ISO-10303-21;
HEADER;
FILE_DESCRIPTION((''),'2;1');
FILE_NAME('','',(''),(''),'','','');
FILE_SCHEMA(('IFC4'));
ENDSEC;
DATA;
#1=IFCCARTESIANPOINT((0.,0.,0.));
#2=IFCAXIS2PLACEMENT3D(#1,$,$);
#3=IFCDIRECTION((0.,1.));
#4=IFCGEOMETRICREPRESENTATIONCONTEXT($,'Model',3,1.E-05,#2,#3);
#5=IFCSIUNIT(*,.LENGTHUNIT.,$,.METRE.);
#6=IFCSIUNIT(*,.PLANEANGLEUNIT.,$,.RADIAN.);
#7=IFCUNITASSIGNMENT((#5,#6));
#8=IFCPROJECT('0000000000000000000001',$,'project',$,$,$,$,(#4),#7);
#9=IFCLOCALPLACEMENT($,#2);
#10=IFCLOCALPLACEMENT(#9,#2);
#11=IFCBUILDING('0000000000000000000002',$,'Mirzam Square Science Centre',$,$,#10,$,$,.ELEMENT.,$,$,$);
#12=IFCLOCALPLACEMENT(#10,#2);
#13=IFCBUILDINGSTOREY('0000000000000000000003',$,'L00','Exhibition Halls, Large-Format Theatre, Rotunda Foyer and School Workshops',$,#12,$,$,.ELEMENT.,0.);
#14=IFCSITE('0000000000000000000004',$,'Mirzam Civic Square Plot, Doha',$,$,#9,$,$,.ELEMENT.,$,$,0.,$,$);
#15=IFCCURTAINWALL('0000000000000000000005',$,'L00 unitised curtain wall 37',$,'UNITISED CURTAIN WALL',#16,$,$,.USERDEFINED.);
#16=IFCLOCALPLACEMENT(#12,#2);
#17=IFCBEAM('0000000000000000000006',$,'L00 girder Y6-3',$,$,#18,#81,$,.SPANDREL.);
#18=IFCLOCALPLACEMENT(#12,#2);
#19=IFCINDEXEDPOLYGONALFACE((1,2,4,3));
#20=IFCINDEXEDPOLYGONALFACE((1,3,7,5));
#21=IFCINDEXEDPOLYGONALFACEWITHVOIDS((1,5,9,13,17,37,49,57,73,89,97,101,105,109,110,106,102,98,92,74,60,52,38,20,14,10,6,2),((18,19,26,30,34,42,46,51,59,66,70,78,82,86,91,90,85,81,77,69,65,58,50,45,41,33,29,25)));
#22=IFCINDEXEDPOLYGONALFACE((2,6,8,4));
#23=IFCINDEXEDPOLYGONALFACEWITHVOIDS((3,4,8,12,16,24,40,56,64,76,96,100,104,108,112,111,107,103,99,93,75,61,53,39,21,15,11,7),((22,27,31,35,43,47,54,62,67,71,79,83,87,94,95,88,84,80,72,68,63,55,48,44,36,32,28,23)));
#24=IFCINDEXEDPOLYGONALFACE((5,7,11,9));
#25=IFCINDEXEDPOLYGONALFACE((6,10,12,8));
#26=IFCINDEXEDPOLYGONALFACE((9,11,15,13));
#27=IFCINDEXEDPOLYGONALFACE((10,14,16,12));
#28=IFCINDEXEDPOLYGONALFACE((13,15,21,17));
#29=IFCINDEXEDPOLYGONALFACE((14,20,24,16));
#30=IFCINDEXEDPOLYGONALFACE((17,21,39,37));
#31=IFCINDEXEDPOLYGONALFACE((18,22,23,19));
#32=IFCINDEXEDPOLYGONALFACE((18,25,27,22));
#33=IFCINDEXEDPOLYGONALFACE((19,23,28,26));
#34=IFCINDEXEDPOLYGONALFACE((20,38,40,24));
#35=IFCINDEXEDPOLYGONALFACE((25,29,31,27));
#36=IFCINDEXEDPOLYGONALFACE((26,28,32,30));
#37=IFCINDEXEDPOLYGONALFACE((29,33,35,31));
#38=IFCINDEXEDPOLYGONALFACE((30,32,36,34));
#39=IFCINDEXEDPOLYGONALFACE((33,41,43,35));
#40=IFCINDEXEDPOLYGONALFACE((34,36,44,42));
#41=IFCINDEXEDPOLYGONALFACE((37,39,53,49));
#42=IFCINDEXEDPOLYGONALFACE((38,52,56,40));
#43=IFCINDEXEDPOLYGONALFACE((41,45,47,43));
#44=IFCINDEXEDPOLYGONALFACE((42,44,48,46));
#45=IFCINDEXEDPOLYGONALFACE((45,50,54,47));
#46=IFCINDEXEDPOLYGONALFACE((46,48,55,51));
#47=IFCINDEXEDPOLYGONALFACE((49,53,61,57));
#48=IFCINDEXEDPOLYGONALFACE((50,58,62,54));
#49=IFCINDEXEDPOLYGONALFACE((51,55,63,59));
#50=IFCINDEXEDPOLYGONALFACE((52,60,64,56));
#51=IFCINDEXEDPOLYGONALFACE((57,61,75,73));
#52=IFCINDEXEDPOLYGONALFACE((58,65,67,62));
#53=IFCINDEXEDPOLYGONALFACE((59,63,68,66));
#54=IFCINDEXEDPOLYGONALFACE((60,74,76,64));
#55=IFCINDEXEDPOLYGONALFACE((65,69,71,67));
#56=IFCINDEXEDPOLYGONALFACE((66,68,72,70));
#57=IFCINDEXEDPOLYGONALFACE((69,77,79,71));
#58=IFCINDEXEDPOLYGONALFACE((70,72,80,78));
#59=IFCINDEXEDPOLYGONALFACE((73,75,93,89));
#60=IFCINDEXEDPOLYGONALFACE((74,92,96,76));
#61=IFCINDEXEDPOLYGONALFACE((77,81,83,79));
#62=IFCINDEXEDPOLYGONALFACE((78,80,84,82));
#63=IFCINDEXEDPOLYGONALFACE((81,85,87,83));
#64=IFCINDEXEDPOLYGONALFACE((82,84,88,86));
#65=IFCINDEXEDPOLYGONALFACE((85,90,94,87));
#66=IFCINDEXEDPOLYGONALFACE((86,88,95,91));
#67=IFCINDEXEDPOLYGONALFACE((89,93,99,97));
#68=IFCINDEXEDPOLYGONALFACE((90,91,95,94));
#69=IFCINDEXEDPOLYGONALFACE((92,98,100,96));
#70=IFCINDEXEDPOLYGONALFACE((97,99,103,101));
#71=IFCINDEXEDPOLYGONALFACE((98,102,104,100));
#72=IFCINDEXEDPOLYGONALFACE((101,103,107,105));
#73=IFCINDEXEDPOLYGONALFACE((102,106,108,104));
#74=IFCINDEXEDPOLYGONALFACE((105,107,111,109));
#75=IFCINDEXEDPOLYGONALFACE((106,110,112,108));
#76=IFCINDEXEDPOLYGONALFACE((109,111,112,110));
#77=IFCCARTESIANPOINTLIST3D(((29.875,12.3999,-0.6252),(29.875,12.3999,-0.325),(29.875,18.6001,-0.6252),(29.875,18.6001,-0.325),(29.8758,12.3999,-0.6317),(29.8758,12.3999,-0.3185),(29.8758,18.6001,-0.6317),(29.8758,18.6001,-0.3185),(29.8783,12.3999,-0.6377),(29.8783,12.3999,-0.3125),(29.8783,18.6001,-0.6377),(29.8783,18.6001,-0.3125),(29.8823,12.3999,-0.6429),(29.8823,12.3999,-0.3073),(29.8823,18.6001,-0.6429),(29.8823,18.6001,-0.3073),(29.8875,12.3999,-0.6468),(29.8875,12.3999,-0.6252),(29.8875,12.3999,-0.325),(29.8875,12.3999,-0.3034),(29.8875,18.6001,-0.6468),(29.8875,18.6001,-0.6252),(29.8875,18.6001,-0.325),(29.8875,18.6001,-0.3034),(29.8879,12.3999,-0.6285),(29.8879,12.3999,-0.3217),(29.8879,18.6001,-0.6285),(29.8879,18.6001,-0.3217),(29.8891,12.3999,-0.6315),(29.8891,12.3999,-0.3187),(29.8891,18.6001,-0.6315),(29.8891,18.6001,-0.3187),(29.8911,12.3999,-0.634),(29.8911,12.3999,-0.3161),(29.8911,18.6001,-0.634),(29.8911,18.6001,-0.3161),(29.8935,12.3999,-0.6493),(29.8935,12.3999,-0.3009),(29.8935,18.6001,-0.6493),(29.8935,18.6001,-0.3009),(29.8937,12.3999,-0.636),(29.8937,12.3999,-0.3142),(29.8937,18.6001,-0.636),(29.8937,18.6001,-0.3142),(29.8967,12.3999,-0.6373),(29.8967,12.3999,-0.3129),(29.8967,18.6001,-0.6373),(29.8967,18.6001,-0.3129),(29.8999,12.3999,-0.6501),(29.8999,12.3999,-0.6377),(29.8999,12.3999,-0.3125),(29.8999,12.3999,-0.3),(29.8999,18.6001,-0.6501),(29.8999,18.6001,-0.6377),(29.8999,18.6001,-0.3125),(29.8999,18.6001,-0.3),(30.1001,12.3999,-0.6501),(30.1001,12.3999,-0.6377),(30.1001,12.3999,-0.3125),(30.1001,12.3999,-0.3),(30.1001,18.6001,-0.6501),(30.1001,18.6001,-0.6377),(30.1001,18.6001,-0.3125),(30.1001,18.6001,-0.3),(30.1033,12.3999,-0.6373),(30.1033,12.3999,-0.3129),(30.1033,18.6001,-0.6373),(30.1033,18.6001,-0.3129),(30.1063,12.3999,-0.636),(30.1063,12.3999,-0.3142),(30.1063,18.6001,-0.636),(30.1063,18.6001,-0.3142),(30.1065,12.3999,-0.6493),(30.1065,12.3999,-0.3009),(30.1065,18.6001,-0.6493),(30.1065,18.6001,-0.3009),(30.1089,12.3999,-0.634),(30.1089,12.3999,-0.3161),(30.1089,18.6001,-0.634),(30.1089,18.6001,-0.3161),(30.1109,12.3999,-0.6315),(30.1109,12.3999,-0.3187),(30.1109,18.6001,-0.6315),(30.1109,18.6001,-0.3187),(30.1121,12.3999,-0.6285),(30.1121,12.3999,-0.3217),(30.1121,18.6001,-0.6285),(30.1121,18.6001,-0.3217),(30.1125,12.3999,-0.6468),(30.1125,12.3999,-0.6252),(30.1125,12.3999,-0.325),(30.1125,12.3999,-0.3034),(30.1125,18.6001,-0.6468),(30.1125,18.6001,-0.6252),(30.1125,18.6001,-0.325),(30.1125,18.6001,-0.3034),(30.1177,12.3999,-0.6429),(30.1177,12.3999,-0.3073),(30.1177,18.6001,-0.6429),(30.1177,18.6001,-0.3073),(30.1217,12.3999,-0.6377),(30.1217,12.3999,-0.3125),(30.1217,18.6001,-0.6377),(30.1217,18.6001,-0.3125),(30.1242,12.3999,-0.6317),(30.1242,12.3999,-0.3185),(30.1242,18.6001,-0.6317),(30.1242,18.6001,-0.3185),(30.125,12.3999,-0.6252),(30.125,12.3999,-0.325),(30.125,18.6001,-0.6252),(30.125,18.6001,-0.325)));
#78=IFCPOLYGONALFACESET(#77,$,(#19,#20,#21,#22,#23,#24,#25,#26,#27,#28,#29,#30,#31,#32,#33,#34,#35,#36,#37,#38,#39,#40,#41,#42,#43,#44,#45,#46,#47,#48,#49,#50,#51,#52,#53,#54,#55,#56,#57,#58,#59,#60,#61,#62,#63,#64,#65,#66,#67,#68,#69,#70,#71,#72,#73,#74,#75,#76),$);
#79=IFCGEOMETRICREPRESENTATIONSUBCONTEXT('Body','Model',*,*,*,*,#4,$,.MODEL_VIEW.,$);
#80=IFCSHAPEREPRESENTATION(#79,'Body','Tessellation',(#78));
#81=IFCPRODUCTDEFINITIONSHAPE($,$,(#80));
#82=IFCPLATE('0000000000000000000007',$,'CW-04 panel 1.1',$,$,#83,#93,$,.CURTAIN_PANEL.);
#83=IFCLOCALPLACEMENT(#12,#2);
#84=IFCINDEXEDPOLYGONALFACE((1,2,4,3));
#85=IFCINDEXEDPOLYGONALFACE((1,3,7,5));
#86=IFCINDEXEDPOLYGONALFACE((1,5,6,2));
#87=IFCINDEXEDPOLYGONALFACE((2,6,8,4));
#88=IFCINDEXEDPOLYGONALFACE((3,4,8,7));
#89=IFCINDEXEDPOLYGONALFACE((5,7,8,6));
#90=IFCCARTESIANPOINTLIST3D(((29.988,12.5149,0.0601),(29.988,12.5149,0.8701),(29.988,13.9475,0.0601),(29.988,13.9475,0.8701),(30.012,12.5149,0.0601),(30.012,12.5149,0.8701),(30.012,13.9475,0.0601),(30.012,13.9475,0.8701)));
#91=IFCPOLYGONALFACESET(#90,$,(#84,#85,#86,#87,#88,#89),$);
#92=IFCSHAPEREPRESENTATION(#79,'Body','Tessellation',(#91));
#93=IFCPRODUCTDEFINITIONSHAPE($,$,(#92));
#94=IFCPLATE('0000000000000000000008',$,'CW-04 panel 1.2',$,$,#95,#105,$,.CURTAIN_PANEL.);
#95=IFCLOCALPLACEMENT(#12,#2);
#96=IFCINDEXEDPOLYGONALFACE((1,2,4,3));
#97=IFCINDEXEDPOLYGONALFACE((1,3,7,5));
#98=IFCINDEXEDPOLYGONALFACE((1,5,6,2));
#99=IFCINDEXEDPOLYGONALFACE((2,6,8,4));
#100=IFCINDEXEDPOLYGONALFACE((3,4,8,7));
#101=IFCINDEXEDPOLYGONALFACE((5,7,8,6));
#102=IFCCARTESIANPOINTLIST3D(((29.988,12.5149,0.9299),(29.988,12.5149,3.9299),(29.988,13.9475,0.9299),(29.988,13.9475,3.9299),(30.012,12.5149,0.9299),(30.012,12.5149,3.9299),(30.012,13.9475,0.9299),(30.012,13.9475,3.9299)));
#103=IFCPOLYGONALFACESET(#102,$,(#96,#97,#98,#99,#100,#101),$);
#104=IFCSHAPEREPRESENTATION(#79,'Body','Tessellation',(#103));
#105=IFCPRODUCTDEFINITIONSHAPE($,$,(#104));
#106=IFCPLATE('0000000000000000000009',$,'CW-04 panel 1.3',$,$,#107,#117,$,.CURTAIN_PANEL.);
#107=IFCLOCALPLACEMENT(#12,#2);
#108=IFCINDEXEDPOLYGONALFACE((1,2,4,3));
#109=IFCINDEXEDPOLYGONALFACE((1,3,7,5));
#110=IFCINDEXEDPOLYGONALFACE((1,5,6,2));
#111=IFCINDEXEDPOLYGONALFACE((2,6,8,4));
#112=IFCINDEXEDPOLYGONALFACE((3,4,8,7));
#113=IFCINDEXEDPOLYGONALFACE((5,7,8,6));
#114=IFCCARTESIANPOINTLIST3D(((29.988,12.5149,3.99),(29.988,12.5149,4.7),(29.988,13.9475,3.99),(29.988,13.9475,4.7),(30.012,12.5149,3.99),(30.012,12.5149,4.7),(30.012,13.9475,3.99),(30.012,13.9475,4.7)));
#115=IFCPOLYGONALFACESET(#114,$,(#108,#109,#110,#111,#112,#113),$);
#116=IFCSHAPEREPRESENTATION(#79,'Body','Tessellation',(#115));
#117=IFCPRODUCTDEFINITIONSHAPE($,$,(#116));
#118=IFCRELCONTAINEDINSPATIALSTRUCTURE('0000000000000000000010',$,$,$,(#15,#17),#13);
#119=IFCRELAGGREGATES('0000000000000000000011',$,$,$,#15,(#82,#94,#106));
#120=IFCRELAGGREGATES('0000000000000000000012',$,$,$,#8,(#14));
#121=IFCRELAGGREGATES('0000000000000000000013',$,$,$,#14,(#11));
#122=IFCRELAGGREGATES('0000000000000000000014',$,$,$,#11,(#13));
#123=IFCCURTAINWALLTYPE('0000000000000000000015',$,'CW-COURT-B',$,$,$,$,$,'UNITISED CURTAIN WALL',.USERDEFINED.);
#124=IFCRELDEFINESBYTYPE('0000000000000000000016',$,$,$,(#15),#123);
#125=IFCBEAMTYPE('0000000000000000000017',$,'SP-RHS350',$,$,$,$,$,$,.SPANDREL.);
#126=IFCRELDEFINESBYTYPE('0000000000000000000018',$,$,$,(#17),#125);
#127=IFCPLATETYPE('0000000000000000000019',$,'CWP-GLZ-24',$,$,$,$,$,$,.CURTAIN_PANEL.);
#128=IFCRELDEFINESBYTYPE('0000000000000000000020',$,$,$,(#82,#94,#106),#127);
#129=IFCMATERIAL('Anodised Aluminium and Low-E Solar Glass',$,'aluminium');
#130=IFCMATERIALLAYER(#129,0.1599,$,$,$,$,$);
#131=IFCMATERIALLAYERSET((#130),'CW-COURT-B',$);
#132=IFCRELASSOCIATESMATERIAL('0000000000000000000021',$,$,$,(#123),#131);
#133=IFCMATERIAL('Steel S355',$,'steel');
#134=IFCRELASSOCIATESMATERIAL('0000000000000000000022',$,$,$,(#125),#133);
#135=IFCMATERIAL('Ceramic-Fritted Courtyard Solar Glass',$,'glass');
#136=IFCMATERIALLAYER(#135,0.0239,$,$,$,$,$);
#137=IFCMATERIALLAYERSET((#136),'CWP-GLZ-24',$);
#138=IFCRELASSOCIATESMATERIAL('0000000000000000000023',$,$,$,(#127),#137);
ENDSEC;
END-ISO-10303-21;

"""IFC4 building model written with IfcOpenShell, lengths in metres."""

from ifc_helpers import new_model, si_unit, direction, frame, origin, origin_2d, place, context, subcontext, project, spatial, rectangle, hollow_rectangle, extrude, material, layer, layer_set, material_profile, profile_set, type_object, element, aggregate, save


model = new_model("IFC4")

# Units and contexts
model_context = context("Model", 3, precision=1e-05, world=origin(), true_north=direction((0.0, 1.0)))
body_context = subcontext(model_context, "Body", "Model", "MODEL_VIEW")
ifc_project = project(units=[si_unit("LENGTHUNIT", "METRE"), si_unit("PLANEANGLEUNIT", "RADIAN")], contexts=[model_context])

# Site, building, storey
site_placement = place(None, origin())
site = spatial("IfcSite", under=ifc_project, at=site_placement, Name="Mirzam Civic Square Plot, Doha", CompositionType="ELEMENT", RefElevation=0.0)
building_placement = place(site_placement, origin())
building = spatial("IfcBuilding", under=site, at=building_placement, Name="Mirzam Square Science Centre", CompositionType="ELEMENT")
storey_placement = place(building_placement, origin())
storey = spatial("IfcBuildingStorey", under=building, at=storey_placement, Name="L00", Description="Exhibition Halls, Large-Format Theatre, Rotunda Foyer and School Workshops", CompositionType="ELEMENT", Elevation=0.0)

# Shared definitions
ifc_material_1 = material(Name="Steel S355", Category="steel")

# Curtain wall
ifc_material_2 = material(Name="Anodised Aluminium and Low-E Solar Glass", Category="aluminium")
ifc_layer_1 = layer(ifc_material_2, 0.1599)
ifc_layer_set_1 = layer_set([ifc_layer_1], Name="CW-COURT-B")
curtain_wall_type = type_object("IfcCurtainWallType", Name="CW-COURT-B", ElementType="UNITISED CURTAIN WALL", PredefinedType="USERDEFINED", material=ifc_layer_set_1)
curtain_wall_placement = place(storey_placement, origin())
curtain_wall = element("IfcCurtainWall", 1, at=curtain_wall_placement, inside=storey, type_object=curtain_wall_type, Name="L00 unitised curtain wall 37", ObjectType="UNITISED CURTAIN WALL", PredefinedType="USERDEFINED")

# Beam
ifc_material_profile_1 = material_profile(ifc_material_1, hollow_rectangle(XDim=0.25, YDim=0.3501, WallThickness=0.0125, InnerFilletRadius=0.0125, OuterFilletRadius=0.0249, at=origin_2d()), Name="350x250x12.5RHS")
ifc_profile_set_1 = profile_set([ifc_material_profile_1], Name="Steel S355")
beam_type_1 = type_object("IfcBeamType", Name="SP-RHS350", PredefinedType="SPANDREL", material=ifc_profile_set_1)
beam_1_placement = place(storey_placement, frame((30.0, 12.3999, -0.4751), z_axis=(0.0, 1.0, 0.0), x_axis=(-1.0, 0.0, 0.0)))
element("IfcBeam", 2, at=beam_1_placement, inside=storey, type_object=beam_type_1, Name="L00 girder Y6-3", PredefinedType="SPANDREL", context=body_context, shape_type="SweptSolid", body=[
    extrude(hollow_rectangle(XDim=0.25, YDim=0.3501, WallThickness=0.0125, InnerFilletRadius=0.0125, OuterFilletRadius=0.0249, at=origin_2d()), origin(), (0.0, 0.0, 1.0), 6.2002),
])

# Plates
ifc_material_3 = material(Name="Ceramic-Fritted Courtyard Solar Glass", Category="glass")
ifc_layer_2 = layer(ifc_material_3, 0.0239)
ifc_layer_set_2 = layer_set([ifc_layer_2], Name="CWP-GLZ-24")
plate_type = type_object("IfcPlateType", Name="CWP-GLZ-24", PredefinedType="CURTAIN_PANEL", material=ifc_layer_set_2)
plate_1_placement = place(storey_placement, frame((30.0, 13.2312, 0.0601), z_axis=(0.0, 0.0, 1.0), x_axis=(0.0, 1.0, 0.0)))
plate_1 = element("IfcPlate", 3, at=plate_1_placement, type_object=plate_type, Name="CW-04 panel 1.1", PredefinedType="CURTAIN_PANEL", context=body_context, shape_type="SweptSolid", body=[
    extrude(rectangle(XDim=1.4326, YDim=0.0239, at=origin_2d()), origin(), (0.0, 0.0, 1.0), 0.8101),
])
plate_2_placement = place(storey_placement, frame((30.0, 13.2312, 0.9299), z_axis=(0.0, 0.0, 1.0), x_axis=(0.0, 1.0, 0.0)))
plate_2 = element("IfcPlate", 4, at=plate_2_placement, type_object=plate_type, Name="CW-04 panel 1.2", PredefinedType="CURTAIN_PANEL", context=body_context, shape_type="SweptSolid", body=[
    extrude(rectangle(XDim=1.4326, YDim=0.0239, at=origin_2d()), origin(), (0.0, 0.0, 1.0), 3.0),
])
plate_3_placement = place(storey_placement, frame((30.0, 13.2312, 3.99), z_axis=(0.0, 0.0, 1.0), x_axis=(0.0, 1.0, 0.0)))
plate_3 = element("IfcPlate", 5, at=plate_3_placement, type_object=plate_type, Name="CW-04 panel 1.3", PredefinedType="CURTAIN_PANEL", context=body_context, shape_type="SweptSolid", body=[
    extrude(rectangle(XDim=1.4326, YDim=0.0239, at=origin_2d()), origin(), (0.0, 0.0, 1.0), 0.71),
])
aggregate(curtain_wall, [plate_1, plate_2, plate_3])

save(model, "model.ifc")
